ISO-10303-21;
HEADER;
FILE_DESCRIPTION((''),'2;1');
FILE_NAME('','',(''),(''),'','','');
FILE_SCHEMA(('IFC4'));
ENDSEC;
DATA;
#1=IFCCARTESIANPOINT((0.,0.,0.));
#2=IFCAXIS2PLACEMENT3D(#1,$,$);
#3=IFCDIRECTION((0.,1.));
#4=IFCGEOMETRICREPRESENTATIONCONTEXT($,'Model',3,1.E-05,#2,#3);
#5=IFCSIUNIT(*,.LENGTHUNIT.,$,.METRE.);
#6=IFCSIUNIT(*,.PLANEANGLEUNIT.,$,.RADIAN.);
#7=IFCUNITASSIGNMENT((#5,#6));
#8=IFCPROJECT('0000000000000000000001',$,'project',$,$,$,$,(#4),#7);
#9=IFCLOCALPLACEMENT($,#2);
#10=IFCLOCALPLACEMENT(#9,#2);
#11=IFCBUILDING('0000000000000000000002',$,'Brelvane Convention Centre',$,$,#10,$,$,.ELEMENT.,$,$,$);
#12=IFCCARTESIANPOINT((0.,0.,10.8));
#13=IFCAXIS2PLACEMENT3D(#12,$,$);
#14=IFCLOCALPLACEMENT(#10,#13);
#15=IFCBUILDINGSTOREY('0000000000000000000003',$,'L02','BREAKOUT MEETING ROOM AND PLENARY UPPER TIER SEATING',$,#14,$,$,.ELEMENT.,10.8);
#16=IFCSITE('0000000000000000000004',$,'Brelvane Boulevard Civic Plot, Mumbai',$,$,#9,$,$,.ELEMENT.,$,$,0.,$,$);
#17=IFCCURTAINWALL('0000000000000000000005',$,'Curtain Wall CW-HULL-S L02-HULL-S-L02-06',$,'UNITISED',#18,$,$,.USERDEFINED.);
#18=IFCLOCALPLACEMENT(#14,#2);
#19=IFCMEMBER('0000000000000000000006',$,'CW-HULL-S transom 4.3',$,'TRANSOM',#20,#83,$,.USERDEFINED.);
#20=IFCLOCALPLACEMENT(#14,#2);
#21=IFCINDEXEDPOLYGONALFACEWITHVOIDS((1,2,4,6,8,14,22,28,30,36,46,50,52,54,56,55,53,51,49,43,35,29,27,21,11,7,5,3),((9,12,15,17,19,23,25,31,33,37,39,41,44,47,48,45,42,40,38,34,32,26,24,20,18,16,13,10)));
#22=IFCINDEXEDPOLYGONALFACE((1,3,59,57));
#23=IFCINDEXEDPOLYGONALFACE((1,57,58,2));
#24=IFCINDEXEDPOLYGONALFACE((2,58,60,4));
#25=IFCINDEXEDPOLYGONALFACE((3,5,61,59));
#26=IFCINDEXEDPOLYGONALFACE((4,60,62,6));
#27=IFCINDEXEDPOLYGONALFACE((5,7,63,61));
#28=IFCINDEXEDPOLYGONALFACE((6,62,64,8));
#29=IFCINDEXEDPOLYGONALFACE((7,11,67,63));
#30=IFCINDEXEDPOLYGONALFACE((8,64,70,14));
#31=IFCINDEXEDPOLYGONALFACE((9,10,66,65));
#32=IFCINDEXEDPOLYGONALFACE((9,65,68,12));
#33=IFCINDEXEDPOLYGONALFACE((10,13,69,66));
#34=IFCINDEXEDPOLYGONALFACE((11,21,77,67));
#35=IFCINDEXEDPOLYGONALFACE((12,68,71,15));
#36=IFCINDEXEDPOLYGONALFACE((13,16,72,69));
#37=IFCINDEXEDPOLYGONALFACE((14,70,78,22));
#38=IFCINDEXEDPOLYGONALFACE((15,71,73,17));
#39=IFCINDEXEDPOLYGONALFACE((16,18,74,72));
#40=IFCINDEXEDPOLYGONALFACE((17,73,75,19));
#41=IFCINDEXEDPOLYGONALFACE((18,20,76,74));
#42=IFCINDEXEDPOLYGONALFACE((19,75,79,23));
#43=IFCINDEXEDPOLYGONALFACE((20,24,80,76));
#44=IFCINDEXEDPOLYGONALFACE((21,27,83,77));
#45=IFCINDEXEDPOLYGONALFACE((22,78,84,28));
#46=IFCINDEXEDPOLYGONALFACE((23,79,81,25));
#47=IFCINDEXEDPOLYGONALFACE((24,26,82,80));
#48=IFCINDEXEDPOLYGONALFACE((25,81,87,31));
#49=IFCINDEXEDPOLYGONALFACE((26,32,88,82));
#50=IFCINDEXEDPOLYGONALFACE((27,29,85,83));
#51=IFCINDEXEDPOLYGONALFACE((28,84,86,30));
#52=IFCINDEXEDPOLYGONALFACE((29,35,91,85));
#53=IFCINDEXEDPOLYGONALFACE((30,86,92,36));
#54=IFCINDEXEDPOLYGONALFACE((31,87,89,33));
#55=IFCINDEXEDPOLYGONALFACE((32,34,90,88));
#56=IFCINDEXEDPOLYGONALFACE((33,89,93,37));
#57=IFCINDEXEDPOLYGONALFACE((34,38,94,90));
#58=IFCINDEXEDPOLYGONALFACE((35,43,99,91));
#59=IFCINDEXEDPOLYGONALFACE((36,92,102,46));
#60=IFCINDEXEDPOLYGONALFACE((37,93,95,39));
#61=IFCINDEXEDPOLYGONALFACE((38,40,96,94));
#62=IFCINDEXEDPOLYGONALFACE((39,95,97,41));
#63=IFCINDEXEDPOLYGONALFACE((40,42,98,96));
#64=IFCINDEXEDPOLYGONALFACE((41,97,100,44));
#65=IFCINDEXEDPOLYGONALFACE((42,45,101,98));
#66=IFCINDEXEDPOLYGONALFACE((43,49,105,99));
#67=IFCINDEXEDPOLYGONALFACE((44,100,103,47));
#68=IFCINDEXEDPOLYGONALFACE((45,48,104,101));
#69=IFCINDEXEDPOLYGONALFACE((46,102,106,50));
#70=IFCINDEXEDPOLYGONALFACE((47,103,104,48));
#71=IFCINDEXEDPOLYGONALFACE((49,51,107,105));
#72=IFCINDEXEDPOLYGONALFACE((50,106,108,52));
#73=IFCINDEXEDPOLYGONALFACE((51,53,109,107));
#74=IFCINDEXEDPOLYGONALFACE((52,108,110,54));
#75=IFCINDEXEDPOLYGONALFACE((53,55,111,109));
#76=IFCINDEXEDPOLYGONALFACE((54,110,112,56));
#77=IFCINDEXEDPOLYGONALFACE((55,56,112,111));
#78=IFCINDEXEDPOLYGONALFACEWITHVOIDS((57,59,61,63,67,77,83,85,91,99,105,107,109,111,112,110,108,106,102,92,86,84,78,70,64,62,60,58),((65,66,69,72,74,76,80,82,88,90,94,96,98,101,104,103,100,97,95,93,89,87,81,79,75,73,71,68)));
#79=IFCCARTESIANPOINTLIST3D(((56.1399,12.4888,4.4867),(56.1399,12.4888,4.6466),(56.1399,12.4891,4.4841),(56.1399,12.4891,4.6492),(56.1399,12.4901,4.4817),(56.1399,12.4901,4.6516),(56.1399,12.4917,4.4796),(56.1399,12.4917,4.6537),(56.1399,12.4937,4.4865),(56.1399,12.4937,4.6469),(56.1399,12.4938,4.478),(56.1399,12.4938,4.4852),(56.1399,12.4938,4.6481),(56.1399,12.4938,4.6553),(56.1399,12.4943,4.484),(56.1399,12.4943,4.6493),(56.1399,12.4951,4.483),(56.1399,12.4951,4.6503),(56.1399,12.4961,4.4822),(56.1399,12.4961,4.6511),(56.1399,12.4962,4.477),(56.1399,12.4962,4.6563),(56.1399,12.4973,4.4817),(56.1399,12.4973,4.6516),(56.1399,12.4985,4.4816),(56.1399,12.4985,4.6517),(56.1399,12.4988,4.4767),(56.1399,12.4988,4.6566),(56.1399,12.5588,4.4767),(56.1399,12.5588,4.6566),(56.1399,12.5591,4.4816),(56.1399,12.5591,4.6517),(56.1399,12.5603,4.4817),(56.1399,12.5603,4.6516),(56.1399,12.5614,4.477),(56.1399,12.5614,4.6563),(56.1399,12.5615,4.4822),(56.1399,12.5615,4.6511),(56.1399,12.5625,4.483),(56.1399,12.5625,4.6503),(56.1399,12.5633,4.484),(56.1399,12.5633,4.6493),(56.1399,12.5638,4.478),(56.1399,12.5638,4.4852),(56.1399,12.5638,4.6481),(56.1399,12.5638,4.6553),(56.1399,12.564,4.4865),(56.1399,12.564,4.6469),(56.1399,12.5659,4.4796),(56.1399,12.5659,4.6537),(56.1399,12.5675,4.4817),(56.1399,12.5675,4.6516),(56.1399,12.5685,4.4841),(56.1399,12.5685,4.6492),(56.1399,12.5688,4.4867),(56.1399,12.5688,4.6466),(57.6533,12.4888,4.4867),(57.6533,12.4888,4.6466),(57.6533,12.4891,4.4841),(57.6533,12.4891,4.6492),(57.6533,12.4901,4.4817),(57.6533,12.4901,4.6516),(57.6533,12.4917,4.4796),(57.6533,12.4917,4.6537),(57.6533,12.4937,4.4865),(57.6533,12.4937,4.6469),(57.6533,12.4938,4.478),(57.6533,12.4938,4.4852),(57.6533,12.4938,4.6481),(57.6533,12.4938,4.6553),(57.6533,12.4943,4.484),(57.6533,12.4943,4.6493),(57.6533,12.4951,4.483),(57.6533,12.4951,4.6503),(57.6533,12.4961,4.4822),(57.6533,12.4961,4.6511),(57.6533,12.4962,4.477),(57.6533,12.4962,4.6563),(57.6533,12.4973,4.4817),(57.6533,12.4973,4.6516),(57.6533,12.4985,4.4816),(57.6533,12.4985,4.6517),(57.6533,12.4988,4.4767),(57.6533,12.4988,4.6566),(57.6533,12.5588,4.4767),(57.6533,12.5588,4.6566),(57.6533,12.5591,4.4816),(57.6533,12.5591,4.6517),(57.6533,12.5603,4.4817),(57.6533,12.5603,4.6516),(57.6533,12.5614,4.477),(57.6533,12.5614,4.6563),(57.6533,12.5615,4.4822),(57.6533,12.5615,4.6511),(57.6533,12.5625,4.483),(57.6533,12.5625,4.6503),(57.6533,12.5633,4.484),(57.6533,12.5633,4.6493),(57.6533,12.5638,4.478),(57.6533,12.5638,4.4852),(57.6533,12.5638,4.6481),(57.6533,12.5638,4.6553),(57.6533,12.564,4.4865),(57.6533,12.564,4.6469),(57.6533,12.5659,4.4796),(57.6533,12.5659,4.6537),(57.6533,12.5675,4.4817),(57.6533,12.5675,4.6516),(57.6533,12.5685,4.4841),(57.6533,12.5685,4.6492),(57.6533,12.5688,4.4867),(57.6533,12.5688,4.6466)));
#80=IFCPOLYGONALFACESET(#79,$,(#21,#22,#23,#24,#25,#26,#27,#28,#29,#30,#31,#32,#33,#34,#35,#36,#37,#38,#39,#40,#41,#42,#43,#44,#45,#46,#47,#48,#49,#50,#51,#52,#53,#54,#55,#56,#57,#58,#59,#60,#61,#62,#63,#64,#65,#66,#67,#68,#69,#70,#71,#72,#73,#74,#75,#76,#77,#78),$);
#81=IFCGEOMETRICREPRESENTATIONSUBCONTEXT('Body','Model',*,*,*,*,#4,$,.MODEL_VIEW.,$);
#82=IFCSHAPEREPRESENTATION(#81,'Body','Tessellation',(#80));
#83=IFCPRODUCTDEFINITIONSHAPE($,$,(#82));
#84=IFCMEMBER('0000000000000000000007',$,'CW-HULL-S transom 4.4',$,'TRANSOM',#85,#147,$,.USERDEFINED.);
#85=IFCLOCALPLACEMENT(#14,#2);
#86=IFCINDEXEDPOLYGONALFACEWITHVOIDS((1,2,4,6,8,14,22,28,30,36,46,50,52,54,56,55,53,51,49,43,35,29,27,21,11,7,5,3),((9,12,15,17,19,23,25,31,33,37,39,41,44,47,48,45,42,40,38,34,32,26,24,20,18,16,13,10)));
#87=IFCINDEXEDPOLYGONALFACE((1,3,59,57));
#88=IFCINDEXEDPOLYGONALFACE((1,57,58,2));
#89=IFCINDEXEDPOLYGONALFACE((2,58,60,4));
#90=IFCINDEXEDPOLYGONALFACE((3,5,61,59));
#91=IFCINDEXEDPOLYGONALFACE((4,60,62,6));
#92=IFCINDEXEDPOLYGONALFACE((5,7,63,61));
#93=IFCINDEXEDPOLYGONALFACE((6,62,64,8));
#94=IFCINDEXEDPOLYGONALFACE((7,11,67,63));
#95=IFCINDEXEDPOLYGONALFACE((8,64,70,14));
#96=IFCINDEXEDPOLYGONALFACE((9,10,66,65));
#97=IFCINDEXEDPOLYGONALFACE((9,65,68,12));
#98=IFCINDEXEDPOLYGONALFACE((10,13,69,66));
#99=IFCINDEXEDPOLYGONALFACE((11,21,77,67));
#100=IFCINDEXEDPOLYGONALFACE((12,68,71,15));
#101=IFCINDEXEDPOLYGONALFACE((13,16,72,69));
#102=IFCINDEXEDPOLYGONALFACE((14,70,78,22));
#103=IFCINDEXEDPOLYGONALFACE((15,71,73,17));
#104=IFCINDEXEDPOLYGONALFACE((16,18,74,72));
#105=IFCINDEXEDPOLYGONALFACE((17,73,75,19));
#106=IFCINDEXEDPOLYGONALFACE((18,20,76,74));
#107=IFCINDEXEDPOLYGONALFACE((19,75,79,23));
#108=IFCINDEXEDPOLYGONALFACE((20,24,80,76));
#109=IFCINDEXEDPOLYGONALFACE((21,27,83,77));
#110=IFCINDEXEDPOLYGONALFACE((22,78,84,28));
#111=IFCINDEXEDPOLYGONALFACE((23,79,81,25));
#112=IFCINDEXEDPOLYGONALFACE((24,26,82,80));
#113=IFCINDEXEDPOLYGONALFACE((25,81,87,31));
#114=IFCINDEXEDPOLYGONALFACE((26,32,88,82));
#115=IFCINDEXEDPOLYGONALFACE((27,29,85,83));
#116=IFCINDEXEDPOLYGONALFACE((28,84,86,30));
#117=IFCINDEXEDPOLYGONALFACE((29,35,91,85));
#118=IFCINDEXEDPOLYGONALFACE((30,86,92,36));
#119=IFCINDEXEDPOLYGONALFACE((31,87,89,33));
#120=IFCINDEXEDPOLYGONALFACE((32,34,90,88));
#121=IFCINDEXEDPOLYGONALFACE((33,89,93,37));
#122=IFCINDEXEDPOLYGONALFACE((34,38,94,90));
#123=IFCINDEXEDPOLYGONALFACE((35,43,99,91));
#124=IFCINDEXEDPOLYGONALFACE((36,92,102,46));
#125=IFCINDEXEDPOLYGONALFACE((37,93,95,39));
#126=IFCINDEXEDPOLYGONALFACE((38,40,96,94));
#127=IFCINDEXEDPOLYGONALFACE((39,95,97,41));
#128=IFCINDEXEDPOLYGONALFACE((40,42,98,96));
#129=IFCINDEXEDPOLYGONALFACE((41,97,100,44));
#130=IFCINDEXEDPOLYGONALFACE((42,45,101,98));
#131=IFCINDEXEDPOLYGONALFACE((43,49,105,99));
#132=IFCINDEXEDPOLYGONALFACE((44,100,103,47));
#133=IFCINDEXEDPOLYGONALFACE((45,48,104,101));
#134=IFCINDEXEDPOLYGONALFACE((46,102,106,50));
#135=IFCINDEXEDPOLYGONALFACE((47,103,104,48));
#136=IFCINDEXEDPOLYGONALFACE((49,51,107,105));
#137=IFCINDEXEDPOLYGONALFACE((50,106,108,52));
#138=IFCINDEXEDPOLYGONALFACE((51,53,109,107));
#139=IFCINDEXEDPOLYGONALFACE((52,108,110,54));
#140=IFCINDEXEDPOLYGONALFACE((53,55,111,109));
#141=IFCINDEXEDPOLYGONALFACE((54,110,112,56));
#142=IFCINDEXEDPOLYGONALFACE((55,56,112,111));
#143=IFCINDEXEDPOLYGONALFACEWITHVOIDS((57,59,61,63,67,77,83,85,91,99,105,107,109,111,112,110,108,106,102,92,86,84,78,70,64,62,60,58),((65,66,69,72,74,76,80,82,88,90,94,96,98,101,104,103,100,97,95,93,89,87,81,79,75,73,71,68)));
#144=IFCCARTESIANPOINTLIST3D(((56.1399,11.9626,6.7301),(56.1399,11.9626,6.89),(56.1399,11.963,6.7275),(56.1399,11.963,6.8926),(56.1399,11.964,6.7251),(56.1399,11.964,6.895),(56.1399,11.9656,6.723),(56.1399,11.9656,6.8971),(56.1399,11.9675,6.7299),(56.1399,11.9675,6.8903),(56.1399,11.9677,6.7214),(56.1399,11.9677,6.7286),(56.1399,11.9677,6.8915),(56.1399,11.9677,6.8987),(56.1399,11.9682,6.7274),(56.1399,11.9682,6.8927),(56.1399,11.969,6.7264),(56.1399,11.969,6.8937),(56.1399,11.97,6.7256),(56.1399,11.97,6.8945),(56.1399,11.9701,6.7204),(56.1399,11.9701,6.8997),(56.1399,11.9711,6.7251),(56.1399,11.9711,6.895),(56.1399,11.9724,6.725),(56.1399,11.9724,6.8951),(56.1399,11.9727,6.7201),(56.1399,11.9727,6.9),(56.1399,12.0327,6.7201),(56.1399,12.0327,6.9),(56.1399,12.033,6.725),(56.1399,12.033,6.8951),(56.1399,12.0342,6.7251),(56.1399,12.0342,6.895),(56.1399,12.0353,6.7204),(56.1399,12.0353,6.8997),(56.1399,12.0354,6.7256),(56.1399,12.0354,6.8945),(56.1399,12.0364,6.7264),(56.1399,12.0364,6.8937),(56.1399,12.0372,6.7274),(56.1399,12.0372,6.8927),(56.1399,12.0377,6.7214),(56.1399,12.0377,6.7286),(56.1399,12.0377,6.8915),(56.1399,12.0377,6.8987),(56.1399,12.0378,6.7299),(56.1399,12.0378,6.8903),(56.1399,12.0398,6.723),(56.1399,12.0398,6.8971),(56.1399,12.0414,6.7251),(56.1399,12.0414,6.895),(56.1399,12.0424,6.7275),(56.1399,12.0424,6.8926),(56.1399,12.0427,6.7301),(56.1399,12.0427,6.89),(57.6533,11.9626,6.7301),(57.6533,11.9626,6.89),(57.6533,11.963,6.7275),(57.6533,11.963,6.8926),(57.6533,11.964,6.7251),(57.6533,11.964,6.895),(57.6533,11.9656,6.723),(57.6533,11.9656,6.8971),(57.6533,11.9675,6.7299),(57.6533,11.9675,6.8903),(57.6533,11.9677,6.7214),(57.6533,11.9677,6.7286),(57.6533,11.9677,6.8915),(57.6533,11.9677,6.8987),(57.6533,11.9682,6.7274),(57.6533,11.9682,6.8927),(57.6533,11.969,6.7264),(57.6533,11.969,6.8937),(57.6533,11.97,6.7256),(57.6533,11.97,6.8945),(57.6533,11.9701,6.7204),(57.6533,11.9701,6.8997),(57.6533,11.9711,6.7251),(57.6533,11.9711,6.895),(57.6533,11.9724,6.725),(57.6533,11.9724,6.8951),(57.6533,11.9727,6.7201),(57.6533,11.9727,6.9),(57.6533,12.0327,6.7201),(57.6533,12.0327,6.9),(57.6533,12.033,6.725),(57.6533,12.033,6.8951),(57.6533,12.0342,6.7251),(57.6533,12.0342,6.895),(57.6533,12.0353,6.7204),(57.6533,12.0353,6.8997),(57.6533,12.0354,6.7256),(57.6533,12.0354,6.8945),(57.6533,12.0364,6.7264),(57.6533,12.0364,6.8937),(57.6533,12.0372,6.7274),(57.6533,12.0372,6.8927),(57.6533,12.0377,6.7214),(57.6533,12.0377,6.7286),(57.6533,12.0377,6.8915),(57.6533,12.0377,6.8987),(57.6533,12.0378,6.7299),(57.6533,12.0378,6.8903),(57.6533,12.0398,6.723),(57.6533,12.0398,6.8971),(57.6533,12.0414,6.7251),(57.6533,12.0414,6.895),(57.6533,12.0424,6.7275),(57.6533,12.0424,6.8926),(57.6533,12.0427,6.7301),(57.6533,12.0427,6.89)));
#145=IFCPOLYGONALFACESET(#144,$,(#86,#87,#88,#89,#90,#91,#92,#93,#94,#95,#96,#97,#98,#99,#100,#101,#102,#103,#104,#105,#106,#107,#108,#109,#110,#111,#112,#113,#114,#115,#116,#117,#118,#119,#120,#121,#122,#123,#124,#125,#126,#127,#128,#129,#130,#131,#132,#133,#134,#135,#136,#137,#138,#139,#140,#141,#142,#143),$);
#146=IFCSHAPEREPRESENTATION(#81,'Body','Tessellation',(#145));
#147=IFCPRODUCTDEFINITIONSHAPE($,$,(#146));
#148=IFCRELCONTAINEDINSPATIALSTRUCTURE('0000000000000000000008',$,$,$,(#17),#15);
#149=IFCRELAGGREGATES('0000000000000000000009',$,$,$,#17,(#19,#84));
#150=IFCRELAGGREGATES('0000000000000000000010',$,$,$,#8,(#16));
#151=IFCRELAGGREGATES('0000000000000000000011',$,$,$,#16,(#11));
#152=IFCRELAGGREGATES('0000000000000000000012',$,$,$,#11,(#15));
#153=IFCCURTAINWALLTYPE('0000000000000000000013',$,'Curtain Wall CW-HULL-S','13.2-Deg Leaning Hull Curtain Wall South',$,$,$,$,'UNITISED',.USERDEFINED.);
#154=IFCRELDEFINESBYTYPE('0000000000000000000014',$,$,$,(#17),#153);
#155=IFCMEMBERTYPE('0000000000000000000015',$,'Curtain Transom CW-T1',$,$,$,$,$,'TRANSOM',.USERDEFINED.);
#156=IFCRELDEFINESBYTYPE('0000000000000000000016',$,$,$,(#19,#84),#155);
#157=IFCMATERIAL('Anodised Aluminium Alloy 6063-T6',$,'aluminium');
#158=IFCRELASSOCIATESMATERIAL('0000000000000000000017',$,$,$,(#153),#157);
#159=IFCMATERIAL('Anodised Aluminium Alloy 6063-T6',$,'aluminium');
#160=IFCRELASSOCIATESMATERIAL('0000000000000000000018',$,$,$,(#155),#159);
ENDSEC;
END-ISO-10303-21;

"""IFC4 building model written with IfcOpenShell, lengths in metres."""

from ifc_helpers import new_model, si_unit, direction, frame, origin, origin_2d, place, context, subcontext, project, spatial, hollow_rectangle, extrude, material, material_profile, profile_set, type_object, element, aggregate, save


model = new_model("IFC4")

# Units and contexts
model_context = context("Model", 3, precision=1e-05, world=origin(), true_north=direction((0.0, 1.0)))
body_context = subcontext(model_context, "Body", "Model", "MODEL_VIEW")
ifc_project = project(units=[si_unit("LENGTHUNIT", "METRE"), si_unit("PLANEANGLEUNIT", "RADIAN")], contexts=[model_context])

# Site, building, storey
site_placement = place(None, origin())
site = spatial("IfcSite", under=ifc_project, at=site_placement, Name="Brelvane Boulevard Civic Plot, Mumbai", CompositionType="ELEMENT", RefElevation=0.0)
building_placement = place(site_placement, origin())
building = spatial("IfcBuilding", under=site, at=building_placement, Name="Brelvane Convention Centre", CompositionType="ELEMENT")
storey_placement = place(building_placement, frame((0.0, 0.0, 10.8)))
storey = spatial("IfcBuildingStorey", under=building, at=storey_placement, Name="L02", Description="BREAKOUT MEETING ROOM AND PLENARY UPPER TIER SEATING", CompositionType="ELEMENT", Elevation=10.8)

# Curtain wall, members
ifc_material_1 = material(Name="Anodised Aluminium Alloy 6063-T6", Category="aluminium")
curtain_wall_type = type_object("IfcCurtainWallType", Name="Curtain Wall CW-HULL-S", Description="13.2-Deg Leaning Hull Curtain Wall South", ElementType="UNITISED", PredefinedType="USERDEFINED", material=ifc_material_1)
curtain_wall_placement = place(storey_placement, origin())
curtain_wall = element("IfcCurtainWall", 1, at=curtain_wall_placement, inside=storey, type_object=curtain_wall_type, Name="Curtain Wall CW-HULL-S L02-HULL-S-L02-06", ObjectType="UNITISED", PredefinedType="USERDEFINED")
ifc_material_2 = material(Name="Anodised Aluminium Alloy 6063-T6", Category="aluminium")
ifc_material_profile = material_profile(ifc_material_2, hollow_rectangle(XDim=0.0801, YDim=0.1799, WallThickness=0.0049, InnerFilletRadius=0.0049, OuterFilletRadius=0.01, at=origin_2d()), Name="ALU-T 180x80x5.0")
ifc_profile_set = profile_set([ifc_material_profile], Name="Anodised Aluminium Alloy 6063-T6")
member_type = type_object("IfcMemberType", Name="Curtain Transom CW-T1", ElementType="TRANSOM", PredefinedType="USERDEFINED", material=ifc_profile_set)
member_1_placement = place(storey_placement, frame((56.1399, 12.5288, 4.5667), z_axis=(1.0, 0.0, 0.0), x_axis=(0.0, 1.0, 0.0)))
member_1 = element("IfcMember", 2, at=member_1_placement, type_object=member_type, Name="CW-HULL-S transom 4.3", ObjectType="TRANSOM", PredefinedType="USERDEFINED", context=body_context, shape_type="SweptSolid", body=[
    extrude(hollow_rectangle(XDim=0.0801, YDim=0.1799, WallThickness=0.0049, InnerFilletRadius=0.0049, OuterFilletRadius=0.01, at=origin_2d()), origin(), (0.0, 0.0, 1.0), 1.5134),
])
member_2_placement = place(storey_placement, frame((56.1399, 12.0027, 6.8101), z_axis=(1.0, 0.0, 0.0), x_axis=(0.0, 1.0, 0.0)))
member_2 = element("IfcMember", 3, at=member_2_placement, type_object=member_type, Name="CW-HULL-S transom 4.4", ObjectType="TRANSOM", PredefinedType="USERDEFINED", context=body_context, shape_type="SweptSolid", body=[
    extrude(hollow_rectangle(XDim=0.0801, YDim=0.1799, WallThickness=0.0049, InnerFilletRadius=0.0049, OuterFilletRadius=0.01, at=origin_2d()), origin(), (0.0, 0.0, 1.0), 1.5134),
])
aggregate(curtain_wall, [member_1, member_2])

save(model, "model.ifc")
